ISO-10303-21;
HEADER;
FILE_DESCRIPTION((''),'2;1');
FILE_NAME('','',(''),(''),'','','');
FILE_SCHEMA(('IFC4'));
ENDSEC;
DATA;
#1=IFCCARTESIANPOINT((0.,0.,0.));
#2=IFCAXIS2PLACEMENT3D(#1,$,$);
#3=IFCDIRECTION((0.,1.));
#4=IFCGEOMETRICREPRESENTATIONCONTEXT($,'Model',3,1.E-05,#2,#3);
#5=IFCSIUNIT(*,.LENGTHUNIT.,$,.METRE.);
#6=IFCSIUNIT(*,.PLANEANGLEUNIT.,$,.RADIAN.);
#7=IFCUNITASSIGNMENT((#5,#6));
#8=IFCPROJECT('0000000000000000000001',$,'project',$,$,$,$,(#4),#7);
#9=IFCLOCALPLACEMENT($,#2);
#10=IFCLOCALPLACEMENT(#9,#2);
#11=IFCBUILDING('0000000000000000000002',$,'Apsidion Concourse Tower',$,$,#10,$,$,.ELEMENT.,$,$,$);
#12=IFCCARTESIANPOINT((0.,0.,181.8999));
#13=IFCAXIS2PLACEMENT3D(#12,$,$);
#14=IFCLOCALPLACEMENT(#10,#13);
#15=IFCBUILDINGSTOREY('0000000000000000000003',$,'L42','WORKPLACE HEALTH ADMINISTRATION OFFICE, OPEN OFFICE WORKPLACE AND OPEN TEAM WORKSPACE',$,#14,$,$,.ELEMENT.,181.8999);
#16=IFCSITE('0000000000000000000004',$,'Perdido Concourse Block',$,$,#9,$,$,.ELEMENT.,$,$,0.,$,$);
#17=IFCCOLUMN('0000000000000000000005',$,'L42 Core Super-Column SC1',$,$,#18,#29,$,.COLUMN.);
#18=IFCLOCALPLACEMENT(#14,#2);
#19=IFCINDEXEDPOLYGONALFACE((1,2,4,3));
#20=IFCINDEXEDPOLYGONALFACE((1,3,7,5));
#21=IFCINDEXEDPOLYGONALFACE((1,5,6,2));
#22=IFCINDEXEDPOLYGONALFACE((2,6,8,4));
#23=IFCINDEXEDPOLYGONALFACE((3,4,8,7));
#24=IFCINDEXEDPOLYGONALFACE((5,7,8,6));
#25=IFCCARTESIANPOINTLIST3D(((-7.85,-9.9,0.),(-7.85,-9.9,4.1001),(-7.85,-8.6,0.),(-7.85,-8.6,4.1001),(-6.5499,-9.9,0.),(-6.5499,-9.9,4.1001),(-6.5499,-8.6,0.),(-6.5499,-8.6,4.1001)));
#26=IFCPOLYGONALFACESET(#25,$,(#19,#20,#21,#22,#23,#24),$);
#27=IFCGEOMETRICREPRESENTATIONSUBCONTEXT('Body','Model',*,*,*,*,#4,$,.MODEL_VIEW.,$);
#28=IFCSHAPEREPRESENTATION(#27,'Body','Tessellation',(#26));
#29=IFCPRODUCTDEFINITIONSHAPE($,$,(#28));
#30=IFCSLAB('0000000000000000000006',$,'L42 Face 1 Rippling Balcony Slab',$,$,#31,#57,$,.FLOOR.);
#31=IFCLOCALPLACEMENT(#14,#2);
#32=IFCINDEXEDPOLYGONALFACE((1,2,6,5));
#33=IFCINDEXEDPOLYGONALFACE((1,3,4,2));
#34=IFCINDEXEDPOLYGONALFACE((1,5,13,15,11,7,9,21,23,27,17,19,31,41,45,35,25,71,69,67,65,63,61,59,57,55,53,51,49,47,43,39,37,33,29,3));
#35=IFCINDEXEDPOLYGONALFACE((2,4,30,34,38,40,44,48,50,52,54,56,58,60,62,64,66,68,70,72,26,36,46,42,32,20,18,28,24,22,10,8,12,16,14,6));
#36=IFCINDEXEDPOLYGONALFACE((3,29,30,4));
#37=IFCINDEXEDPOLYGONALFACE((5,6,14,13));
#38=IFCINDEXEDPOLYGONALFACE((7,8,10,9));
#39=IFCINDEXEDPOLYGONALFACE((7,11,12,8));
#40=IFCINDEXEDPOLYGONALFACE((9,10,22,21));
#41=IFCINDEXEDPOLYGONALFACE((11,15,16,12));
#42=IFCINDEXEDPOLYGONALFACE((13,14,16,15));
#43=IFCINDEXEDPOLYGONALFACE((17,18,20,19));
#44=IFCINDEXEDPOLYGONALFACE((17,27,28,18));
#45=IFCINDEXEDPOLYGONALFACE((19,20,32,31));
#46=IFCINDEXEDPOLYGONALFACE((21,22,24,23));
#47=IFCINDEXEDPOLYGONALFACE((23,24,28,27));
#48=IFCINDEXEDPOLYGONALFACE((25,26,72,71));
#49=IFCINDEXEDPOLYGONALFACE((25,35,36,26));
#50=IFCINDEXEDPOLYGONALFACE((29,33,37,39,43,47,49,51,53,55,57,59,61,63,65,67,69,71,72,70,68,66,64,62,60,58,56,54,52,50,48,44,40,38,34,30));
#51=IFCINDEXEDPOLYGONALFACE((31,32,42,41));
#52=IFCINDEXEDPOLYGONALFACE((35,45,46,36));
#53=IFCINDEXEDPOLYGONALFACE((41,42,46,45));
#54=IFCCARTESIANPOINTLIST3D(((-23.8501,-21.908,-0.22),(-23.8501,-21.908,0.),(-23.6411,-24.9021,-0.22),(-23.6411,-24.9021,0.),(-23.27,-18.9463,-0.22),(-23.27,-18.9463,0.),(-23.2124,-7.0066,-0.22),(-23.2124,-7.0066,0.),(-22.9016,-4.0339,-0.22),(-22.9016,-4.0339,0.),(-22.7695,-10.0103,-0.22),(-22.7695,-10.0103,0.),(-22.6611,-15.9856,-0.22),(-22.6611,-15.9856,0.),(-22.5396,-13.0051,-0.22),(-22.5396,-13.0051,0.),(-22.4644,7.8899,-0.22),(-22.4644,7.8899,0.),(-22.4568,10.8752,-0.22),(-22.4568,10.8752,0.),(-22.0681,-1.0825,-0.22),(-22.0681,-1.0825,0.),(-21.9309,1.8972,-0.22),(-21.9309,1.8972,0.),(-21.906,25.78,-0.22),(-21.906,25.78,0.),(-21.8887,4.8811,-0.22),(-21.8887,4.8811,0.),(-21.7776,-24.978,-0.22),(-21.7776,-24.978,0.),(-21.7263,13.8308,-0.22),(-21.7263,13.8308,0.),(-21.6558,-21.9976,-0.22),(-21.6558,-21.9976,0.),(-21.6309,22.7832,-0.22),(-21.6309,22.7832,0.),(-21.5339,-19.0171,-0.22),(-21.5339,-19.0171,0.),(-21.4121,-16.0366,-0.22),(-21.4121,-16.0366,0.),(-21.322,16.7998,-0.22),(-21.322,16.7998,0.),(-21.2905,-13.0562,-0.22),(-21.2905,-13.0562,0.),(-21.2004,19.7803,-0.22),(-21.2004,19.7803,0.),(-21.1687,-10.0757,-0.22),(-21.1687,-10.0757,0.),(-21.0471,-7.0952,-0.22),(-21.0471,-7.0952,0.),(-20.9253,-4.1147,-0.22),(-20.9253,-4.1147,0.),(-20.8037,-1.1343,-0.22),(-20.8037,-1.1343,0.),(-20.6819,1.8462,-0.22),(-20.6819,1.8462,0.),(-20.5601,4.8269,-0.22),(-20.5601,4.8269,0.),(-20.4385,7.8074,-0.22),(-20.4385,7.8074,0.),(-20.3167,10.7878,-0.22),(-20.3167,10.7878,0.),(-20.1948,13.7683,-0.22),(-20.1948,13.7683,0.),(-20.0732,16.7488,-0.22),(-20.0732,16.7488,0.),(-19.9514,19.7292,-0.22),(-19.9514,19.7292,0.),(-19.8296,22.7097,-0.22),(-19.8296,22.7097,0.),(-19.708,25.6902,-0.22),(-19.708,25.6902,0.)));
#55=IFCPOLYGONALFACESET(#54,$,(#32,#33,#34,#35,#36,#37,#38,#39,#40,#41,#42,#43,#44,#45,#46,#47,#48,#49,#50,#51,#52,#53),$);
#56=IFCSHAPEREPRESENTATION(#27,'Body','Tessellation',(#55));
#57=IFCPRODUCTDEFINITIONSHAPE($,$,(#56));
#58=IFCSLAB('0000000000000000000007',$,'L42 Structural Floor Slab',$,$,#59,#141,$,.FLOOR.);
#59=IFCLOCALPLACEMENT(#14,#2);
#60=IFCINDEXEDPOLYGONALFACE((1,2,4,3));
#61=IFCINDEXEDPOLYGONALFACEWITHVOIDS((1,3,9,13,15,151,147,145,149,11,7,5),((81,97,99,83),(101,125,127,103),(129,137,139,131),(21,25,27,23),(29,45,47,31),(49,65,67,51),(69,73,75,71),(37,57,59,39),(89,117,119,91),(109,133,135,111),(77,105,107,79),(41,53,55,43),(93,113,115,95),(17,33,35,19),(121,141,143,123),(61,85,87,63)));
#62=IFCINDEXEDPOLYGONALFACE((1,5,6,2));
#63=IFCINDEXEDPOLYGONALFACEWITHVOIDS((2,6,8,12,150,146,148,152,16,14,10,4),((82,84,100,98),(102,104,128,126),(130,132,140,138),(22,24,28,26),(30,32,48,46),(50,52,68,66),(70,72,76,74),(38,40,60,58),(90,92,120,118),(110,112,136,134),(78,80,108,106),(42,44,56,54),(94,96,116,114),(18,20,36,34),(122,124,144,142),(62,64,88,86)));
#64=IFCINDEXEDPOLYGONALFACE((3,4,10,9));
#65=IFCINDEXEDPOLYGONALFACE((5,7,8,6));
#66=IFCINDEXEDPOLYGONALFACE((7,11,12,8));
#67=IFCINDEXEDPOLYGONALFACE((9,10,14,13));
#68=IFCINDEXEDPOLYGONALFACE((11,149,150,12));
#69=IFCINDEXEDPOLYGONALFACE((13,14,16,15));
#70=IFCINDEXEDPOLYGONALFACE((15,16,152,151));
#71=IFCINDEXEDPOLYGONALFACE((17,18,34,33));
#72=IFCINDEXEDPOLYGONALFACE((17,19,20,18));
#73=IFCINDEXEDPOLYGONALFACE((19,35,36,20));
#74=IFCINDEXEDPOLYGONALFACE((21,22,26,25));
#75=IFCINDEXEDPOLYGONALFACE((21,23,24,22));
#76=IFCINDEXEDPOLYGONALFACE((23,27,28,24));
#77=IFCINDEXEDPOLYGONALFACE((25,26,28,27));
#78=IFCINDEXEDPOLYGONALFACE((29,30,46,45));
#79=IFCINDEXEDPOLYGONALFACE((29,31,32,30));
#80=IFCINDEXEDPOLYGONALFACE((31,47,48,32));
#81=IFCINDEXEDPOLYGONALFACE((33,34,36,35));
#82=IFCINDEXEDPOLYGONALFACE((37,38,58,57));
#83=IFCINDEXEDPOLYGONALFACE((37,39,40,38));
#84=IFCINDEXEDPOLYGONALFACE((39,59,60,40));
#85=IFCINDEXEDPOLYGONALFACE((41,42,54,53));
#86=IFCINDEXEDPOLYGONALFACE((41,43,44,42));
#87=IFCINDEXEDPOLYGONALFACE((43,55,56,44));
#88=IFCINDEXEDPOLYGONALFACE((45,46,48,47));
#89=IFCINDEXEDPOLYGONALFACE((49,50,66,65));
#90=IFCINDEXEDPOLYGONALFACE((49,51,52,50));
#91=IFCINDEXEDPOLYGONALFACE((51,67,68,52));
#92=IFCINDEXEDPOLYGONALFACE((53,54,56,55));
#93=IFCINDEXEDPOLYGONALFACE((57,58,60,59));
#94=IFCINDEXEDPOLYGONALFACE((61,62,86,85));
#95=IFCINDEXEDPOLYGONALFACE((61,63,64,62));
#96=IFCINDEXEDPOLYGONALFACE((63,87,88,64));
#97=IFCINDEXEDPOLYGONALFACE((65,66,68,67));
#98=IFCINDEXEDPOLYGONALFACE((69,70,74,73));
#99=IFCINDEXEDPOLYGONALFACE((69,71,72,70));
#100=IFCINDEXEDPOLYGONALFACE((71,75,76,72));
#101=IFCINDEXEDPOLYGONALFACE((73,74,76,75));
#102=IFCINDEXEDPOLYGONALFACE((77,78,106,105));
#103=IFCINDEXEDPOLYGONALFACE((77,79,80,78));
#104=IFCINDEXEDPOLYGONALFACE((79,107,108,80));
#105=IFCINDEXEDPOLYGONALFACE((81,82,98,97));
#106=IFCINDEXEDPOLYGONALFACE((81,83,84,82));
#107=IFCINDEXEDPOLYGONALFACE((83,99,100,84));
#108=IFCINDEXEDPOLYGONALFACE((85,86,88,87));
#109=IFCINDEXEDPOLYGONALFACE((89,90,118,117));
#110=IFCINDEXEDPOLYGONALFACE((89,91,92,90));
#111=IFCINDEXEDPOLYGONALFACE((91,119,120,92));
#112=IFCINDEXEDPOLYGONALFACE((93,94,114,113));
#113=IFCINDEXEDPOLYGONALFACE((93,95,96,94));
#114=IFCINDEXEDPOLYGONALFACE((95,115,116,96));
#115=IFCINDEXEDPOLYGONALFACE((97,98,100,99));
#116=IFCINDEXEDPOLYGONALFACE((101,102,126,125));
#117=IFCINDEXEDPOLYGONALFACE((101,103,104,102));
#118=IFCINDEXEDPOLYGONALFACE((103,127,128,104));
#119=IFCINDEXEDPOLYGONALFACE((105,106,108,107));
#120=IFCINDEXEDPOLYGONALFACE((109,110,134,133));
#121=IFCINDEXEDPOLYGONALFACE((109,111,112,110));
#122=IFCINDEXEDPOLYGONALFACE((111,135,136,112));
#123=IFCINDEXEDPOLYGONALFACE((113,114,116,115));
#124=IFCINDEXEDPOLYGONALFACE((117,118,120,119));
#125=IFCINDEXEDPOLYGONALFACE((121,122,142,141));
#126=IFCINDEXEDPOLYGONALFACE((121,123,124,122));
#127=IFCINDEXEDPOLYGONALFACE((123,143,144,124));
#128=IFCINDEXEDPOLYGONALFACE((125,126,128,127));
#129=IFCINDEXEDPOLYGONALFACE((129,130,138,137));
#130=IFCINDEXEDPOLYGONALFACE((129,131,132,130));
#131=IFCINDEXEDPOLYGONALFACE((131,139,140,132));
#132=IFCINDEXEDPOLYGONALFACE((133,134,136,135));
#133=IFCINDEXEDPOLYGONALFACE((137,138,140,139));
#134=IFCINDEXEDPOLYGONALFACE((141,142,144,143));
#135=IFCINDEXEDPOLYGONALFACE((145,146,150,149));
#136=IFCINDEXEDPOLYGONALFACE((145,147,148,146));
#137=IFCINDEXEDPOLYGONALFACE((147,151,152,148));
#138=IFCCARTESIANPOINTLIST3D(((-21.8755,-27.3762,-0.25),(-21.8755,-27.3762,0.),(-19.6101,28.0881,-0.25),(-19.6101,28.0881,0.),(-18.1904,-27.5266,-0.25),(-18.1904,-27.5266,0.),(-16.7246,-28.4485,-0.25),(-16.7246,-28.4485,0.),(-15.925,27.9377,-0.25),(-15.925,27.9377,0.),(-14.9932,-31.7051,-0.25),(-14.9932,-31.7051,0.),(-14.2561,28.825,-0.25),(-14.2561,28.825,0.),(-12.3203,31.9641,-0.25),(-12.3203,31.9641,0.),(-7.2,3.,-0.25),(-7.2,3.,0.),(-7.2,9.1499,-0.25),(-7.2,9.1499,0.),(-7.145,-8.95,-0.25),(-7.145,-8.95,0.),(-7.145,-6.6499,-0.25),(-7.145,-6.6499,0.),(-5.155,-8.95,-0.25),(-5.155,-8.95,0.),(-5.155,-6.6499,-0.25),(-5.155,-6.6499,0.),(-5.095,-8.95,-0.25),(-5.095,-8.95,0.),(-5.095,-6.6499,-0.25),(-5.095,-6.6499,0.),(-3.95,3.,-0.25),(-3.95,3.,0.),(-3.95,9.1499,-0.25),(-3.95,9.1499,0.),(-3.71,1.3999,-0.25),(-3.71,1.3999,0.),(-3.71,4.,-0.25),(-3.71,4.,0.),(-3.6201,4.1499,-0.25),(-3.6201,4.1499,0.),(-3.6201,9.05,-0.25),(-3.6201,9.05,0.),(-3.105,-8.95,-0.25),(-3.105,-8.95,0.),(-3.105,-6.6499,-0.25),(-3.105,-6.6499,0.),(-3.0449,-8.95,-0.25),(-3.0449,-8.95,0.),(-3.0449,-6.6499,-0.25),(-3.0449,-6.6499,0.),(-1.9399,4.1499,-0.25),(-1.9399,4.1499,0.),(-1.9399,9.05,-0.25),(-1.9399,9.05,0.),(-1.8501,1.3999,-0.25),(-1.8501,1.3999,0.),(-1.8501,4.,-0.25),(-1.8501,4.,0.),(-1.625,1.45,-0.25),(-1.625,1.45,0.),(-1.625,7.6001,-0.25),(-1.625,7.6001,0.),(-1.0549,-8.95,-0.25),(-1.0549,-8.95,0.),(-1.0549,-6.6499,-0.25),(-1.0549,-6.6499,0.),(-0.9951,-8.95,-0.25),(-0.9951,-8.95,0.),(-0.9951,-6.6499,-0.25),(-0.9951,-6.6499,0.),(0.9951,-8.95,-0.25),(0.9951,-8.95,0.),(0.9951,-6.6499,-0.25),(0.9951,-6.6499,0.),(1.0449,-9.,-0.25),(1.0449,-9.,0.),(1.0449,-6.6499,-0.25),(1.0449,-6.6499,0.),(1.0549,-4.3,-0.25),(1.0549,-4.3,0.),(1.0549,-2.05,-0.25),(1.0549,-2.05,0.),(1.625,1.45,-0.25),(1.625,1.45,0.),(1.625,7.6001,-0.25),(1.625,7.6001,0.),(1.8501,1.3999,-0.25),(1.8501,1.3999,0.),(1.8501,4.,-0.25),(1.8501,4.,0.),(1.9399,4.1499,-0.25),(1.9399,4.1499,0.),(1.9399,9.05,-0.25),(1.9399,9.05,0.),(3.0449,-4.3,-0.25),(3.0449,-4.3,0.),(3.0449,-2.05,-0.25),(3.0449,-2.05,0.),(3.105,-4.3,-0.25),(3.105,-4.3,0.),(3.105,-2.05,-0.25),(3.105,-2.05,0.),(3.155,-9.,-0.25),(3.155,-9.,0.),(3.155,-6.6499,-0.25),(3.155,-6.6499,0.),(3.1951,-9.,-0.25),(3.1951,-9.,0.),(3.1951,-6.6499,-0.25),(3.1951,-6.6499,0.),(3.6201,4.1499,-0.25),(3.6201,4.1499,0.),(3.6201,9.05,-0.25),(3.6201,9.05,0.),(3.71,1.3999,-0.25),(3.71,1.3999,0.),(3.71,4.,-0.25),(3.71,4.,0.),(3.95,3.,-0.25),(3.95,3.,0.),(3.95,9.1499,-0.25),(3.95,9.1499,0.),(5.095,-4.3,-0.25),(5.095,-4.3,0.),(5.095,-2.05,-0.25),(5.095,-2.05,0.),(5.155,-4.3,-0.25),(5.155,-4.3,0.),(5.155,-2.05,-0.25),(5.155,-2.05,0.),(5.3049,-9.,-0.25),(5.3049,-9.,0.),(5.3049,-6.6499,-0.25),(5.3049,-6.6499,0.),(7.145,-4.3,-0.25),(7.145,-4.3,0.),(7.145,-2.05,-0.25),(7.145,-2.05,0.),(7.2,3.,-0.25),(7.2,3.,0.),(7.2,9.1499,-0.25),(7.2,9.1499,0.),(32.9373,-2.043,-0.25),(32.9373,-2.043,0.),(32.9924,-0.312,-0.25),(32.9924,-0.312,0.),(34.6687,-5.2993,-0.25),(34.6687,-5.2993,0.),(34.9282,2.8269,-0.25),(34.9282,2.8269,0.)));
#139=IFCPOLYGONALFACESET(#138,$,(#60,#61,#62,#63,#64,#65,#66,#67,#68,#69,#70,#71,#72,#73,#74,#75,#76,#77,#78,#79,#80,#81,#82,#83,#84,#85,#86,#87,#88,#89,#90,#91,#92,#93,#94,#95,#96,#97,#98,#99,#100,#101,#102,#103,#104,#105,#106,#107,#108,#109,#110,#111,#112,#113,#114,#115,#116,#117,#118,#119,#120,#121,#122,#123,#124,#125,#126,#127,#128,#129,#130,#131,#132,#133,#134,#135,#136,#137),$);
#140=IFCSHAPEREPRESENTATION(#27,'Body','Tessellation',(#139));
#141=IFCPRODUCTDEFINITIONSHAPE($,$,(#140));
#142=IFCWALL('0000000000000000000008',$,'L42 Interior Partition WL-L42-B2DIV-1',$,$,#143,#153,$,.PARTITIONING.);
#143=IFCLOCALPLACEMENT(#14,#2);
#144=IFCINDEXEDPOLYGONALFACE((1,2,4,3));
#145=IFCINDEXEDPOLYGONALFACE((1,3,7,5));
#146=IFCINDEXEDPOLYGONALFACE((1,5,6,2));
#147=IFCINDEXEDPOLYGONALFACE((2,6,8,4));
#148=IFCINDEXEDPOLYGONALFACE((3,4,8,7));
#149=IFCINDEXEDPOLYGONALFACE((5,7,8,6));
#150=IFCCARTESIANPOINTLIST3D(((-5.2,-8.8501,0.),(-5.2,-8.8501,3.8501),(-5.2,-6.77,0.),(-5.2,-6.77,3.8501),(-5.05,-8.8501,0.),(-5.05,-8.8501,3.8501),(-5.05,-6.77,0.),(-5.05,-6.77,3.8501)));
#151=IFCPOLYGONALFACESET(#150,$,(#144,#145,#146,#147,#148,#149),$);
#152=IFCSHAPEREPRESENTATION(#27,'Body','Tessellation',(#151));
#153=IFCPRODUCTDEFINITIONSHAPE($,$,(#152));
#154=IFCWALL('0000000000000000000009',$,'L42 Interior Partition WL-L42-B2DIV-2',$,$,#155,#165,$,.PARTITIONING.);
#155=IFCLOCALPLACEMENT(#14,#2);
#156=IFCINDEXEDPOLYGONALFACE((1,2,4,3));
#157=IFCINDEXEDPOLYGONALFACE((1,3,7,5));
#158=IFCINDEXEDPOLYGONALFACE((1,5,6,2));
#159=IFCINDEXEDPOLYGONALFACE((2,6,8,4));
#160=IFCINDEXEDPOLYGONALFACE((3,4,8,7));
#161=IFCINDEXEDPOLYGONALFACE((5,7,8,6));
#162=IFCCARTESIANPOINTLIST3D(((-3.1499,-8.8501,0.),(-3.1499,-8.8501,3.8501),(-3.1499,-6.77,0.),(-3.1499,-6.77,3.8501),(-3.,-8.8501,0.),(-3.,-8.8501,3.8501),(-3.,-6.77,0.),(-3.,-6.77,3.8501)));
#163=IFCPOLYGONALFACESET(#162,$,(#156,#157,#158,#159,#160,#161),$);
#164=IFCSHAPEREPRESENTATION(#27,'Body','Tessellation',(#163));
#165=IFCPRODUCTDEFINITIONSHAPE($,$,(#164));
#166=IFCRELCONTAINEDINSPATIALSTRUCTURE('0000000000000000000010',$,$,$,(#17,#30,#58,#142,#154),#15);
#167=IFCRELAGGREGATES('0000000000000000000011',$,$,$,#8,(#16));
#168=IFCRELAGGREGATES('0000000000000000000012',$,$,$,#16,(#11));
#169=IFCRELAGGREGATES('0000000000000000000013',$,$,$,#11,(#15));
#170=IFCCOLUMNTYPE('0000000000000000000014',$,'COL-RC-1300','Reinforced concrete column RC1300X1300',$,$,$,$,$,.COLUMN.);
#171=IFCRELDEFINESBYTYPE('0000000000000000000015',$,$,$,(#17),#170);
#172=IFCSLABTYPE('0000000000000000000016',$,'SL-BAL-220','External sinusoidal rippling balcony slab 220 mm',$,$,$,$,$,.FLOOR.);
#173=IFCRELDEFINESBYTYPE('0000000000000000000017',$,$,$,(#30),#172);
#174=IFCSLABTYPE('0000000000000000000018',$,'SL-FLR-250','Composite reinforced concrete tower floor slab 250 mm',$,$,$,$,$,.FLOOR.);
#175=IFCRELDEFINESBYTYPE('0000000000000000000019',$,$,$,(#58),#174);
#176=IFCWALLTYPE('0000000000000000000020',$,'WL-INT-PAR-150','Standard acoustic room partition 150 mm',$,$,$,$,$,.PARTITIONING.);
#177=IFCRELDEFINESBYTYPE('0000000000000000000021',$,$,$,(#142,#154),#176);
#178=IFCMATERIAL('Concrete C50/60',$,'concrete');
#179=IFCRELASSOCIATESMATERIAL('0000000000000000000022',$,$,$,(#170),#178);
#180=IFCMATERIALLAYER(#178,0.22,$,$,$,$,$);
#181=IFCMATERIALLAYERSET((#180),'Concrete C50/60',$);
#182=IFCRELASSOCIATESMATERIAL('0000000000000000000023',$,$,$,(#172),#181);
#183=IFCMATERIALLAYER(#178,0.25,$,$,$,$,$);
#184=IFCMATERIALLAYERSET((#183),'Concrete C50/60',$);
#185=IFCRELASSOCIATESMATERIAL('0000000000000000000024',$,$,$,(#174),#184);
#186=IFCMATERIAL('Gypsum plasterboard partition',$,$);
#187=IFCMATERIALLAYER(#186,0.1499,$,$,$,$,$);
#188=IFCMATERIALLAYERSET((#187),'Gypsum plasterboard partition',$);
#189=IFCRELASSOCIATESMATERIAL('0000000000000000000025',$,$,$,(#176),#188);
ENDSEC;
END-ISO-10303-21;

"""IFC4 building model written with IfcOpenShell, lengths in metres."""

from ifc_helpers import new_model, si_unit, direction, frame, frame_2d, origin, origin_2d, place, context, subcontext, project, spatial, polyline, rectangle, outline, extrude, material, layer, layer_set, material_profile, profile_set, type_object, element, save


model = new_model("IFC4")

# Units and contexts
model_context = context("Model", 3, precision=1e-05, world=origin(), true_north=direction((0.0, 1.0)))
body_context = subcontext(model_context, "Body", "Model", "MODEL_VIEW")
ifc_project = project(units=[si_unit("LENGTHUNIT", "METRE"), si_unit("PLANEANGLEUNIT", "RADIAN")], contexts=[model_context])

# Site, building, storey
site_placement = place(None, origin())
site = spatial("IfcSite", under=ifc_project, at=site_placement, Name="Perdido Concourse Block", CompositionType="ELEMENT", RefElevation=0.0)
building_placement = place(site_placement, origin())
building = spatial("IfcBuilding", under=site, at=building_placement, Name="Apsidion Concourse Tower", CompositionType="ELEMENT")
storey_placement = place(building_placement, frame((0.0, 0.0, 181.8999)))
storey = spatial("IfcBuildingStorey", under=building, at=storey_placement, Name="L42", Description="WORKPLACE HEALTH ADMINISTRATION OFFICE, OPEN OFFICE WORKPLACE AND OPEN TEAM WORKSPACE", CompositionType="ELEMENT", Elevation=181.8999)

# Column
ifc_material_1 = material(Name="Concrete C50/60", Category="concrete")
ifc_material_profile = material_profile(ifc_material_1, rectangle(XDim=1.3, YDim=1.3, at=origin_2d()), Name="RC 1300x1300")
ifc_profile_set = profile_set([ifc_material_profile], Name="Concrete C50/60")
column_type = type_object("IfcColumnType", Name="COL-RC-1300", Description="Reinforced concrete column RC1300X1300", PredefinedType="COLUMN", material=ifc_profile_set)
column_placement = place(storey_placement, frame((-7.2, -9.25, 0.0), z_axis=(0.0, 0.0, 1.0), x_axis=(1.0, 0.0, 0.0)))
element("IfcColumn", 1, at=column_placement, inside=storey, type_object=column_type, Name="L42 Core Super-Column SC1", PredefinedType="COLUMN", context=body_context, shape_type="SweptSolid", body=[
    extrude(rectangle(XDim=1.3, YDim=1.3, at=origin_2d()), origin(), (0.0, 0.0, 1.0), 4.1001),
])

# Slabs
ifc_layer_1 = layer(ifc_material_1, 0.22)
ifc_layer_set_1 = layer_set([ifc_layer_1], Name="Concrete C50/60")
slab_type_1 = type_object("IfcSlabType", Name="SL-BAL-220", Description="External sinusoidal rippling balcony slab 220 mm", PredefinedType="FLOOR", material=ifc_layer_set_1)
slab_1_placement = place(storey_placement, frame((0.0, 0.0, -0.22)))
element("IfcSlab", 2, at=slab_1_placement, inside=storey, type_object=slab_type_1, Name="L42 Face 1 Rippling Balcony Slab", PredefinedType="FLOOR", context=body_context, shape_type="SweptSolid", body=[
    extrude(outline(polyline([(-19.708, 25.6902), (-19.8296, 22.7097), (-19.9514, 19.7292), (-20.0732, 16.7488), (-20.1948, 13.7683), (-20.3167, 10.7878), (-20.4385, 7.8074), (-20.5601, 4.8269), (-20.6819, 1.8462), (-20.8037, -1.1343), (-20.9253, -4.1147), (-21.0471, -7.0952), (-21.1687, -10.0757), (-21.2905, -13.0562), (-21.4121, -16.0366), (-21.5339, -19.0171), (-21.6558, -21.9976), (-21.7776, -24.978), (-23.6411, -24.9021), (-23.8501, -21.908), (-23.27, -18.9463), (-22.6611, -15.9856), (-22.5396, -13.0051), (-22.7695, -10.0103), (-23.2124, -7.0066), (-22.9016, -4.0339), (-22.0681, -1.0825), (-21.9309, 1.8972), (-21.8887, 4.8811), (-22.4644, 7.8899), (-22.4568, 10.8752), (-21.7263, 13.8308), (-21.322, 16.7998), (-21.2004, 19.7803), (-21.6309, 22.7832), (-21.906, 25.78), (-19.708, 25.6902)])), origin(), (0.0, 0.0, 1.0), 0.22),
])
ifc_layer_2 = layer(ifc_material_1, 0.25)
ifc_layer_set_2 = layer_set([ifc_layer_2], Name="Concrete C50/60")
slab_type_2 = type_object("IfcSlabType", Name="SL-FLR-250", Description="Composite reinforced concrete tower floor slab 250 mm", PredefinedType="FLOOR", material=ifc_layer_set_2)
slab_2_placement = place(storey_placement, frame((0.0, 0.0, -0.25)))
element("IfcSlab", 3, at=slab_2_placement, inside=storey, type_object=slab_type_2, Name="L42 Structural Floor Slab", PredefinedType="FLOOR", context=body_context, shape_type="SweptSolid", body=[
    extrude(outline(polyline([(-12.3203, 31.9641), (-14.2561, 28.825), (-15.925, 27.9377), (-19.6101, 28.0881), (-21.8755, -27.3762), (-18.1904, -27.5266), (-16.7246, -28.4485), (-14.9932, -31.7051), (34.6687, -5.2993), (32.9373, -2.043), (32.9924, -0.312), (34.9282, 2.8269), (-12.3203, 31.9641)]), holes=[polyline([(-3.95, 3.0), (-3.95, 9.1499), (-7.2, 9.1499), (-7.2, 3.0), (-3.95, 3.0)]), polyline([(7.2, 3.0), (7.2, 9.1499), (3.95, 9.1499), (3.95, 3.0), (7.2, 3.0)]), polyline([(-1.625, 7.6001), (-1.625, 1.45), (1.625, 1.45), (1.625, 7.6001), (-1.625, 7.6001)]), polyline([(1.0549, -4.3), (3.0449, -4.3), (3.0449, -2.05), (1.0549, -2.05), (1.0549, -4.3)]), polyline([(3.105, -4.3), (5.095, -4.3), (5.095, -2.05), (3.105, -2.05), (3.105, -4.3)]), polyline([(5.155, -4.3), (7.145, -4.3), (7.145, -2.05), (5.155, -2.05), (5.155, -4.3)]), polyline([(-7.145, -8.95), (-5.155, -8.95), (-5.155, -6.6499), (-7.145, -6.6499), (-7.145, -8.95)]), polyline([(-5.095, -8.95), (-3.105, -8.95), (-3.105, -6.6499), (-5.095, -6.6499), (-5.095, -8.95)]), polyline([(-3.0449, -8.95), (-1.0549, -8.95), (-1.0549, -6.6499), (-3.0449, -6.6499), (-3.0449, -8.95)]), polyline([(-0.9951, -8.95), (0.9951, -8.95), (0.9951, -6.6499), (-0.9951, -6.6499), (-0.9951, -8.95)]), polyline([(1.0449, -9.0), (3.155, -9.0), (3.155, -6.6499), (1.0449, -6.6499), (1.0449, -9.0)]), polyline([(3.1951, -9.0), (5.3049, -9.0), (5.3049, -6.6499), (3.1951, -6.6499), (3.1951, -9.0)]), polyline([(-3.71, 1.3999), (-1.8501, 1.3999), (-1.8501, 4.0), (-3.71, 4.0), (-3.71, 1.3999)]), polyline([(1.8501, 1.3999), (3.71, 1.3999), (3.71, 4.0), (1.8501, 4.0), (1.8501, 1.3999)]), polyline([(-3.6201, 4.1499), (-1.9399, 4.1499), (-1.9399, 9.05), (-3.6201, 9.05), (-3.6201, 4.1499)]), polyline([(1.9399, 4.1499), (3.6201, 4.1499), (3.6201, 9.05), (1.9399, 9.05), (1.9399, 4.1499)])]), origin(), (0.0, 0.0, 1.0), 0.25),
])

# Walls
ifc_material_2 = material(Name="Gypsum plasterboard partition")
ifc_layer_3 = layer(ifc_material_2, 0.1499)
ifc_layer_set_3 = layer_set([ifc_layer_3], Name="Gypsum plasterboard partition")
wall_type_1 = type_object("IfcWallType", Name="WL-INT-PAR-150", Description="Standard acoustic room partition 150 mm", PredefinedType="PARTITIONING", material=ifc_layer_set_3)
for number, where, z_axis, x_axis, name in (
    (4, (-5.125, -8.8501, 0.0), (0.0, 0.0, 1.0), (0.0, 1.0, 0.0), "L42 Interior Partition WL-L42-B2DIV-1"),
    (5, (-3.075, -8.8501, 0.0), (0.0, 0.0, 1.0), (0.0, 1.0, 0.0), "L42 Interior Partition WL-L42-B2DIV-2"),
):
    element("IfcWall", number, at=place(storey_placement, frame(where, z_axis=z_axis, x_axis=x_axis)), inside=storey, type_object=wall_type_1, Name=name, PredefinedType="PARTITIONING", context=body_context, shape_type="SweptSolid", body=[
        extrude(rectangle(XDim=2.0801, YDim=0.1499, at=frame_2d((1.04, 0.0))), origin(), (0.0, 0.0, 1.0), 3.8501),
    ])

save(model, "model.ifc")
